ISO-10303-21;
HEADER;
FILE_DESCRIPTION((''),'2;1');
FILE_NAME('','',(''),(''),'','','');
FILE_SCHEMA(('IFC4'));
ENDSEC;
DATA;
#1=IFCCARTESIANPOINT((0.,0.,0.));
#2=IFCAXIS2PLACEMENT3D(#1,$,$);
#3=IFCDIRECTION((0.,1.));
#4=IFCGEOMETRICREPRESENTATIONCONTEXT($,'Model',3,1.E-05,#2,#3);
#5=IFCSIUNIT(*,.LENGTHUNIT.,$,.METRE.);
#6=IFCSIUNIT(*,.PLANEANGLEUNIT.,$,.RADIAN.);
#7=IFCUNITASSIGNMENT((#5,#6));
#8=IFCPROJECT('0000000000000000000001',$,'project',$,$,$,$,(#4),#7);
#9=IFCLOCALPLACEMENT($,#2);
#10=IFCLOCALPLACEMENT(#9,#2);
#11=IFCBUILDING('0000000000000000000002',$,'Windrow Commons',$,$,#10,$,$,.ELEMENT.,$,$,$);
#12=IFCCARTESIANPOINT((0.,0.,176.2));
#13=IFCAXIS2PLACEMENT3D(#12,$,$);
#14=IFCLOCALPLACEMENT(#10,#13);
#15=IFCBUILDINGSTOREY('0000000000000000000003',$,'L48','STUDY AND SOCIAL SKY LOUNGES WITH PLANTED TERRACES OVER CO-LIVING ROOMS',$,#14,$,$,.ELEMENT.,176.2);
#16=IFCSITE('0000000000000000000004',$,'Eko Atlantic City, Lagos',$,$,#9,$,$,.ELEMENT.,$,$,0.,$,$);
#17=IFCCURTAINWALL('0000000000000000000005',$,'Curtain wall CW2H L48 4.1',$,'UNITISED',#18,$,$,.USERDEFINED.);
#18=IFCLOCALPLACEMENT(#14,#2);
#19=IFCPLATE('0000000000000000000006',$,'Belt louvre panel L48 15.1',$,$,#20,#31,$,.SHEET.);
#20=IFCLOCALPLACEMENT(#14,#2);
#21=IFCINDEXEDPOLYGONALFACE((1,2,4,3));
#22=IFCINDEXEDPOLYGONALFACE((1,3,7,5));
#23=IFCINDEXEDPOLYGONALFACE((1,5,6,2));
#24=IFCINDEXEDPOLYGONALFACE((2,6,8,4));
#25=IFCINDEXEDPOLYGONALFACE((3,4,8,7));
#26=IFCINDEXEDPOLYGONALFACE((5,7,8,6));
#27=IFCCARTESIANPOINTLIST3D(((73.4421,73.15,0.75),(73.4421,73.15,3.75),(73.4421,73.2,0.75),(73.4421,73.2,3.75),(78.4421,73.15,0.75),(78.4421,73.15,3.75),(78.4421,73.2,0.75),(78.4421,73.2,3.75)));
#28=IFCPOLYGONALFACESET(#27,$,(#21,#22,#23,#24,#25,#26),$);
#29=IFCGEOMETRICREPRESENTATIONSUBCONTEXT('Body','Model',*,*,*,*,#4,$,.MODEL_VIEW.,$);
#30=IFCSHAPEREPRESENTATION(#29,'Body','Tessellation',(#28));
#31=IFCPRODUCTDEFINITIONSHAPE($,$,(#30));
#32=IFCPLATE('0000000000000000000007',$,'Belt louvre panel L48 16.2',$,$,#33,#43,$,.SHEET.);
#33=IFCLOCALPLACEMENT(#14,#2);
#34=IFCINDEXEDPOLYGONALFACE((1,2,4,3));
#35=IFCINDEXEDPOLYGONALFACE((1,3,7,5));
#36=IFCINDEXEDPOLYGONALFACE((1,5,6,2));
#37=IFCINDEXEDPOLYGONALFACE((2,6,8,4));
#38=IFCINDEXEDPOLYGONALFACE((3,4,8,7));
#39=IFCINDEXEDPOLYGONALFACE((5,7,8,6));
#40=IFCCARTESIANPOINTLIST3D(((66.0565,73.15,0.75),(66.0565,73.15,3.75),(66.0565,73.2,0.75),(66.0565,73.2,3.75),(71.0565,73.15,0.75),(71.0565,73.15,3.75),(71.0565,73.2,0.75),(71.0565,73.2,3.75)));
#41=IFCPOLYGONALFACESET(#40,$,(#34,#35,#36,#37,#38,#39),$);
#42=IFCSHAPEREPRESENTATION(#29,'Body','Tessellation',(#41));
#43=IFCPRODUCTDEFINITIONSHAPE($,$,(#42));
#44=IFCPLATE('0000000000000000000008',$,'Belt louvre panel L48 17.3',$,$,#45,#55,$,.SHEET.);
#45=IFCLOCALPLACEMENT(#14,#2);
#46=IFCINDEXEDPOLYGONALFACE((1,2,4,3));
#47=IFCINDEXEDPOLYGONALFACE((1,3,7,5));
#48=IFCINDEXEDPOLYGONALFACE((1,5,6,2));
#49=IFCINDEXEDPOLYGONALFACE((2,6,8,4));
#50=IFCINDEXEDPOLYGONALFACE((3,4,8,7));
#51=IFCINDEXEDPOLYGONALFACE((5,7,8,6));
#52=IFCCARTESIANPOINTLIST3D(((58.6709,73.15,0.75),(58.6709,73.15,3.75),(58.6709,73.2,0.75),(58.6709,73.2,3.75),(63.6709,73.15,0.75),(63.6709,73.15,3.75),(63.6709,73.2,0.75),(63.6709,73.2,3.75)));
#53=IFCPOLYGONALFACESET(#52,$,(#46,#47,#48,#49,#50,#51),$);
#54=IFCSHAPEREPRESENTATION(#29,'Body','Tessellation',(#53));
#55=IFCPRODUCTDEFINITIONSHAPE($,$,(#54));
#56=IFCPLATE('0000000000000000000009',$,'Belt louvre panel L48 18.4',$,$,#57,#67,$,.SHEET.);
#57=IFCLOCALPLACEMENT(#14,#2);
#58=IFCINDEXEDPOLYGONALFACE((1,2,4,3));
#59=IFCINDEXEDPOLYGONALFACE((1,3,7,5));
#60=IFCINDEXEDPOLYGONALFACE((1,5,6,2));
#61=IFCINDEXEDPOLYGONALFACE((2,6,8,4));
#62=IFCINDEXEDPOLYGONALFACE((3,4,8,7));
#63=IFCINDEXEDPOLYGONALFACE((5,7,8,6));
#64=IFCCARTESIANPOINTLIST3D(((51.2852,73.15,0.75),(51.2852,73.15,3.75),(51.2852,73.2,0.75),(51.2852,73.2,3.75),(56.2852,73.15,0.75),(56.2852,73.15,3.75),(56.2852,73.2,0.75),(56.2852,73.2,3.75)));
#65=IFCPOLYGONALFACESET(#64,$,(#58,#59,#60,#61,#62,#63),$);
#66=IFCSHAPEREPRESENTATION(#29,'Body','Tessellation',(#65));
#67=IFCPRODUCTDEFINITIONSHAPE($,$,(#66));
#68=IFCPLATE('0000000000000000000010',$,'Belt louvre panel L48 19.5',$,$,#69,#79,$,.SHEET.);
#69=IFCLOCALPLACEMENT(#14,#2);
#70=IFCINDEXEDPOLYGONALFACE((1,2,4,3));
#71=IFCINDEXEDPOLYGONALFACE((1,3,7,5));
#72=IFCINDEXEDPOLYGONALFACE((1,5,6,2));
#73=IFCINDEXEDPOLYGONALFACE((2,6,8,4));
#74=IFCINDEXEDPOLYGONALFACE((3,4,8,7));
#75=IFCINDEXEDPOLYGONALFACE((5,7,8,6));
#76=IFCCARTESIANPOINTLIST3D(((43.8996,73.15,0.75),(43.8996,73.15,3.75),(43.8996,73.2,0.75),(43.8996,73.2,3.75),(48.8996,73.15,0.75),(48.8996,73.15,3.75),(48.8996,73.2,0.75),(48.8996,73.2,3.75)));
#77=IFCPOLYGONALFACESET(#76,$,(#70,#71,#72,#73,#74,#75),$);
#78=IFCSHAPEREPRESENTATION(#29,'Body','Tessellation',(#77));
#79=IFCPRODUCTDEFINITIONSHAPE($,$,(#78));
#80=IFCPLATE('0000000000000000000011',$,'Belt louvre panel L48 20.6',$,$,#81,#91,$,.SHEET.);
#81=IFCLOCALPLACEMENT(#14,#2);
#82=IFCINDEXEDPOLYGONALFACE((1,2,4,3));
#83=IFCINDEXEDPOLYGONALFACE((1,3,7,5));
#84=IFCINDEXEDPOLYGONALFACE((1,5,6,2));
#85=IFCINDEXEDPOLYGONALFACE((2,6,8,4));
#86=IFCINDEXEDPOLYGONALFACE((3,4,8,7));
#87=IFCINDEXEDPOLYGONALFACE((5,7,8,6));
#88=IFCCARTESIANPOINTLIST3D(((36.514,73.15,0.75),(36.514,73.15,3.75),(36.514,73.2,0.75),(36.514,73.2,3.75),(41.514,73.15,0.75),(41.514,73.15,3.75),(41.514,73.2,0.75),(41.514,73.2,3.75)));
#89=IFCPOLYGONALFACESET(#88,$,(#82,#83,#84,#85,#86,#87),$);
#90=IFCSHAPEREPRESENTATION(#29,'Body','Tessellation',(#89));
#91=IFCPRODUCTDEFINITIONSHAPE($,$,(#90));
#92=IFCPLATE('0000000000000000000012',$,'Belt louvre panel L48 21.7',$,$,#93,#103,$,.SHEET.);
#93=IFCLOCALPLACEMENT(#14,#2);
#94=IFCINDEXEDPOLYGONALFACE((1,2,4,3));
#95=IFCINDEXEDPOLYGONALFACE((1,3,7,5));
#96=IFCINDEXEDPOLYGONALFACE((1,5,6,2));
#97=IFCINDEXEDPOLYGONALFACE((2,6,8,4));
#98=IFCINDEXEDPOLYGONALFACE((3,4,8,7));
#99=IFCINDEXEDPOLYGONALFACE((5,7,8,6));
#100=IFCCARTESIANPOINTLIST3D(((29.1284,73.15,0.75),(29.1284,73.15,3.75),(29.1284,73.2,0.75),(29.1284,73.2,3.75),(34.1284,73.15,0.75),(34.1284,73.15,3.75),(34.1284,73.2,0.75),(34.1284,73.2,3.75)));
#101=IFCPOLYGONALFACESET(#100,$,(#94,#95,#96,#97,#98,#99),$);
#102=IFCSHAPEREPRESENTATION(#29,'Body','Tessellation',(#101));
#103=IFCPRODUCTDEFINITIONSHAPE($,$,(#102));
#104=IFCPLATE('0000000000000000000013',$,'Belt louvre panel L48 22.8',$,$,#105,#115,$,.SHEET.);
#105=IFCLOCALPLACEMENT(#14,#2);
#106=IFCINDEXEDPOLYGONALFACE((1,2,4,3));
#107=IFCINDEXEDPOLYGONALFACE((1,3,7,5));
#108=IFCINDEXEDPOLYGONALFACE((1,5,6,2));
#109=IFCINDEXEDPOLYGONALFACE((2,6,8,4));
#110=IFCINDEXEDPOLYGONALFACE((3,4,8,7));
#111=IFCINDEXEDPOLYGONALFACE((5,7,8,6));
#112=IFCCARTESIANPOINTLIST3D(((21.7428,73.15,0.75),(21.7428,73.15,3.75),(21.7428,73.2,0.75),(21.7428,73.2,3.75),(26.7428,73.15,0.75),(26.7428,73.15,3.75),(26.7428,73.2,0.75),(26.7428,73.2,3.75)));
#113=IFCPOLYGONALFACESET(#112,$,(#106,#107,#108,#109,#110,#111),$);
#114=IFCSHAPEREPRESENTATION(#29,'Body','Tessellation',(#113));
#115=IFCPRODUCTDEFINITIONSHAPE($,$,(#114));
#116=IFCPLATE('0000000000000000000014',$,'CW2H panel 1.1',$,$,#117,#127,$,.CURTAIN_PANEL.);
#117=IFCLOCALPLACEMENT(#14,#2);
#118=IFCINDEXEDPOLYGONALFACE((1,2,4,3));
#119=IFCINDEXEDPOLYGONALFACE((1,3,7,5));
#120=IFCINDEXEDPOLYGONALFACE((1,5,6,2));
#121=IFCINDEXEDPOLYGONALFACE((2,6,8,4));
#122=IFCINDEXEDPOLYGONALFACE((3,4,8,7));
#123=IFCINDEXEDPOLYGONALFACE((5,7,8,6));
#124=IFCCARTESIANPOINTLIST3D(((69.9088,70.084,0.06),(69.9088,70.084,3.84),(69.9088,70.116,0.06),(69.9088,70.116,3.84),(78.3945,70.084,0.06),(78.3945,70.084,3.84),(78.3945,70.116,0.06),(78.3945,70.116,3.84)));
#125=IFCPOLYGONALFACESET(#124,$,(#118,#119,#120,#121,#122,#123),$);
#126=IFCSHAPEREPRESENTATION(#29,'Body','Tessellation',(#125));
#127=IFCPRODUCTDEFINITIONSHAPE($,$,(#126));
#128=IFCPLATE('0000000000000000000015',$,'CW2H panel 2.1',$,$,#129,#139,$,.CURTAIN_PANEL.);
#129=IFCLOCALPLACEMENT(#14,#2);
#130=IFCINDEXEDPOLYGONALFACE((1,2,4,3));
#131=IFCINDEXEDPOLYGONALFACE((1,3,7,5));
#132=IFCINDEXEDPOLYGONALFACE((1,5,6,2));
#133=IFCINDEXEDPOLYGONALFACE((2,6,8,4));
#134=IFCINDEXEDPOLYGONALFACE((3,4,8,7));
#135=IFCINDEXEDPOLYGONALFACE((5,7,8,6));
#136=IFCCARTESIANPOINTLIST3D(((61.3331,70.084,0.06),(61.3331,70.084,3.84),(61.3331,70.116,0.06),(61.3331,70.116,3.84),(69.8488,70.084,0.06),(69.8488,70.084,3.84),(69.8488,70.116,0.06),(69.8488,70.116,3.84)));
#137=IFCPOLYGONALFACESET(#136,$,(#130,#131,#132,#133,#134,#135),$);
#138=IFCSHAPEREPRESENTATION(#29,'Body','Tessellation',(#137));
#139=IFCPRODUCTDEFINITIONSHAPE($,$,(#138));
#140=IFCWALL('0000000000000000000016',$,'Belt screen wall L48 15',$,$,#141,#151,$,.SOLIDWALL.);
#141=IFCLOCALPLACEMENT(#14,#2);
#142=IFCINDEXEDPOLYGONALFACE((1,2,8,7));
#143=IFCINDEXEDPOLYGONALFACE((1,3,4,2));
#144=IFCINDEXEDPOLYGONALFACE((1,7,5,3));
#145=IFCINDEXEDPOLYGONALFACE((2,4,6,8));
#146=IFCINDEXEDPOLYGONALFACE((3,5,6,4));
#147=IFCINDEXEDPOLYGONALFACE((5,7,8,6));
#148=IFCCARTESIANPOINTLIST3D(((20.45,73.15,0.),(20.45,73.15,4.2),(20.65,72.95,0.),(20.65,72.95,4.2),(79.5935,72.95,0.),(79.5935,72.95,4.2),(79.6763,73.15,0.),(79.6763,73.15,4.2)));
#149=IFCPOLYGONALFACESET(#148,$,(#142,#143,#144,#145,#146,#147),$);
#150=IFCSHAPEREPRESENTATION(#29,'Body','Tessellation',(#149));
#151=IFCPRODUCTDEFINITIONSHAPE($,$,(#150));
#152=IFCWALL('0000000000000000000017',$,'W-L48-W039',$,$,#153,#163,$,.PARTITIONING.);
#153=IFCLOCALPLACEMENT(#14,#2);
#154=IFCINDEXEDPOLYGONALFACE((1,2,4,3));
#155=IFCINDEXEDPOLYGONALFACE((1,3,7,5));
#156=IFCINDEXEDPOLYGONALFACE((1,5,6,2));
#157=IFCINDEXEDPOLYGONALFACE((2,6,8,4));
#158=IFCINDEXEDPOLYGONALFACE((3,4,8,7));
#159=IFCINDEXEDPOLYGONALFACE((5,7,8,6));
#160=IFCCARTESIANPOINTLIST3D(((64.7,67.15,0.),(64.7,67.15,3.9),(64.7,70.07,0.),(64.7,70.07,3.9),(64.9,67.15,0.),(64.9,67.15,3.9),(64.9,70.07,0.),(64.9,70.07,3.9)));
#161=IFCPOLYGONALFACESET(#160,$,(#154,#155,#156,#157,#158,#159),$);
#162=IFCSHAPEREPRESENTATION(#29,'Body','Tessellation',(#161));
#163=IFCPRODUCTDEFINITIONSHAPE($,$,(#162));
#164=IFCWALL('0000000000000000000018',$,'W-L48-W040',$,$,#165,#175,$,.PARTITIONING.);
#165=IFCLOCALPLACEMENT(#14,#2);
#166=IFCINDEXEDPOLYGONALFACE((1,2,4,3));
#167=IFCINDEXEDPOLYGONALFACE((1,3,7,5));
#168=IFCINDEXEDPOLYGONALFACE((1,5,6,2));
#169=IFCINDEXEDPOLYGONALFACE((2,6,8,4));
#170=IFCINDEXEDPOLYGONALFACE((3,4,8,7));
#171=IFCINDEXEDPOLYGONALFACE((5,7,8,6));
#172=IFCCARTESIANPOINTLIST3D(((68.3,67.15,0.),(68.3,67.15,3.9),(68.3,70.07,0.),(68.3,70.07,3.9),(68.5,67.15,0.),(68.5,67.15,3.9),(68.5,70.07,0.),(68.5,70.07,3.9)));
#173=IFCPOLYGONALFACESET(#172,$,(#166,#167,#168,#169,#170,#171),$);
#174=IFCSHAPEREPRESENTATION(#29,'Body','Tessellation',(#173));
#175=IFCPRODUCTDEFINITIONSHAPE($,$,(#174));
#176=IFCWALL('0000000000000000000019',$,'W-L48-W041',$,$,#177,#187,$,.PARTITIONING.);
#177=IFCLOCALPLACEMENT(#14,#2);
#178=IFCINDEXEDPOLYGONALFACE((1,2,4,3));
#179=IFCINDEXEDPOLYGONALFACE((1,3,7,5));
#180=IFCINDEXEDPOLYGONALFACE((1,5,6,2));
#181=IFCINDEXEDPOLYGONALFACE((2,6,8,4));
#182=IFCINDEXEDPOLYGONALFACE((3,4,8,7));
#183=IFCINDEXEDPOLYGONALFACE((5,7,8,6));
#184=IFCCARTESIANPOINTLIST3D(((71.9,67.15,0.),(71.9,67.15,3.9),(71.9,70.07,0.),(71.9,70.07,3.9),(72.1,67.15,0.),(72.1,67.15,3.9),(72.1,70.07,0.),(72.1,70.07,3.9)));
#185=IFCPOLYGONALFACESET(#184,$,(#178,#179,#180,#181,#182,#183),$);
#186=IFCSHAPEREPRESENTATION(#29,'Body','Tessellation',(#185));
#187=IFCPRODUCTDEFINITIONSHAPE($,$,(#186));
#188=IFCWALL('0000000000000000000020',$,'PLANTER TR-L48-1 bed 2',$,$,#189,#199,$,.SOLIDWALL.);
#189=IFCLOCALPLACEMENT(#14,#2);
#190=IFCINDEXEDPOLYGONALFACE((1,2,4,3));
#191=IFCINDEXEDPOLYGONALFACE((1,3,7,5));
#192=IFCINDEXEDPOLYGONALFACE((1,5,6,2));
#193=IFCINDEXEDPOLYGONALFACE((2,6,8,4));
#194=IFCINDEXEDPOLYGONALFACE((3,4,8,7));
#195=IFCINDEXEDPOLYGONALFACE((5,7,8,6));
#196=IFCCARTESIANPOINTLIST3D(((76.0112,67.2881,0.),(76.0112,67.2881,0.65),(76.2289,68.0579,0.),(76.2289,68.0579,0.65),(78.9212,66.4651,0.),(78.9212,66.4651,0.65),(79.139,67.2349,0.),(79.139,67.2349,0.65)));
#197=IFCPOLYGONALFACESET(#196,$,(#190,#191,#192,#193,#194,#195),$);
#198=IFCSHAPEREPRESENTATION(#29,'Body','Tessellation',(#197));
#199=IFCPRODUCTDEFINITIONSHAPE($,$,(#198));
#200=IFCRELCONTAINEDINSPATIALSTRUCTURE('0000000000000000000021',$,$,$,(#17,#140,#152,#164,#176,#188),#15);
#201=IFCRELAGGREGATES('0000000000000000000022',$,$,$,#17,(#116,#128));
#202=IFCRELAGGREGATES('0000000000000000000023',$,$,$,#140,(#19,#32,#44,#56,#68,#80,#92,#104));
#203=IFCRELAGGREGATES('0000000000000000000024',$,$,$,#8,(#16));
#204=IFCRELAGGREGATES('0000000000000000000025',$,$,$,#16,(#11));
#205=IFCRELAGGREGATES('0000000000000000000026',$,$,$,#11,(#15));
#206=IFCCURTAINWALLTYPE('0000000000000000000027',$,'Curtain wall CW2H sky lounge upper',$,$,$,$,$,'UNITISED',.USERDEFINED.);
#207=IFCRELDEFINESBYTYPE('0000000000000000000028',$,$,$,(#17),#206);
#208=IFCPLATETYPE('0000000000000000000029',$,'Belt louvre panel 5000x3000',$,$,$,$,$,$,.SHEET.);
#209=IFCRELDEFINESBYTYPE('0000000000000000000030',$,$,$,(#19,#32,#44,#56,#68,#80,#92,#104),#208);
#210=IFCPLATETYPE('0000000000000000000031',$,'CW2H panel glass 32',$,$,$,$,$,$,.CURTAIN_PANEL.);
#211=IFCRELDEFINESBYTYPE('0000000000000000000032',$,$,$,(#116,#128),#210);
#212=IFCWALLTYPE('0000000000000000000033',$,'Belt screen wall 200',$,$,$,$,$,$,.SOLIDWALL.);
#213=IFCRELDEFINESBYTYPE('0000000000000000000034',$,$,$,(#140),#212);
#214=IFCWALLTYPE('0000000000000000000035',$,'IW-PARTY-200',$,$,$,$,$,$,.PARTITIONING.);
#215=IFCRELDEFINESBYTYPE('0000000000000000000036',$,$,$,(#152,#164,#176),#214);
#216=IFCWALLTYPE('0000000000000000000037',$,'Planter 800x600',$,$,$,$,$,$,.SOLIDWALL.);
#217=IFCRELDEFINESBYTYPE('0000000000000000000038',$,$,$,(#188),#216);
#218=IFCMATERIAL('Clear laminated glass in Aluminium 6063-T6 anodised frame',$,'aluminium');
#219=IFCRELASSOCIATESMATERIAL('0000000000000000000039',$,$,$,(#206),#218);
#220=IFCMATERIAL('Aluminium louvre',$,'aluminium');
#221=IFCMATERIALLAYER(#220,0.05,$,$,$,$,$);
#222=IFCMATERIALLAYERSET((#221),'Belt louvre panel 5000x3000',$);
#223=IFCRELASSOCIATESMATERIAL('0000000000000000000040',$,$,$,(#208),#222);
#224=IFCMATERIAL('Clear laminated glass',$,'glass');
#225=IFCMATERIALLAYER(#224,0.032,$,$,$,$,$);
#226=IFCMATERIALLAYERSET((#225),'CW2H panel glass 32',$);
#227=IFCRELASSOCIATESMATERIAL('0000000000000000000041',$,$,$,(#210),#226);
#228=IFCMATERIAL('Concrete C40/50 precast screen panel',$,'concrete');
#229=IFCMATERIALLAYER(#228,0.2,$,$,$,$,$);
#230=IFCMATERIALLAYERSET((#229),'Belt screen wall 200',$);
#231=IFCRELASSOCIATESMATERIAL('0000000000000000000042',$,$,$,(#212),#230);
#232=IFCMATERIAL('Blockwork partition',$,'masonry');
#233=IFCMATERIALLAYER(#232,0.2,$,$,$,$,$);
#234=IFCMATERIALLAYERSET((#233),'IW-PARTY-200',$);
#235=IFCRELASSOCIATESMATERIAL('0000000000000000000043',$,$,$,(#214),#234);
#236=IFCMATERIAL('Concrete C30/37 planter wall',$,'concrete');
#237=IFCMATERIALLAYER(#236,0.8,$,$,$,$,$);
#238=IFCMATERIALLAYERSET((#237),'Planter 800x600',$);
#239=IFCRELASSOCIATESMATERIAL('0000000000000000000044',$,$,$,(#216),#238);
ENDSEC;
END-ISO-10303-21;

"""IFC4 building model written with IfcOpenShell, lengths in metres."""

from ifc_helpers import new_model, si_unit, direction, frame, frame_2d, origin, origin_2d, place, context, subcontext, project, spatial, polyline, rectangle, outline, extrude, material, layer, layer_set, type_object, element, aggregate, save


model = new_model("IFC4")

# Units and contexts
model_context = context("Model", 3, precision=1e-05, world=origin(), true_north=direction((0.0, 1.0)))
body_context = subcontext(model_context, "Body", "Model", "MODEL_VIEW")
ifc_project = project(units=[si_unit("LENGTHUNIT", "METRE"), si_unit("PLANEANGLEUNIT", "RADIAN")], contexts=[model_context])

# Site, building, storey
site_placement = place(None, origin())
site = spatial("IfcSite", under=ifc_project, at=site_placement, Name="Eko Atlantic City, Lagos", CompositionType="ELEMENT", RefElevation=0.0)
building_placement = place(site_placement, origin())
building = spatial("IfcBuilding", under=site, at=building_placement, Name="Windrow Commons", CompositionType="ELEMENT")
storey_placement = place(building_placement, frame((0.0, 0.0, 176.2)))
storey = spatial("IfcBuildingStorey", under=building, at=storey_placement, Name="L48", Description="STUDY AND SOCIAL SKY LOUNGES WITH PLANTED TERRACES OVER CO-LIVING ROOMS", CompositionType="ELEMENT", Elevation=176.2)

# Shared definitions
ifc_material_1 = material(Name="Clear laminated glass in Aluminium 6063-T6 anodised frame", Category="aluminium")
curtain_wall_type = type_object("IfcCurtainWallType", Name="Curtain wall CW2H sky lounge upper", ElementType="UNITISED", PredefinedType="USERDEFINED", material=ifc_material_1)
placement = place(storey_placement, origin())

# Curtain wall
curtain_wall_1 = element("IfcCurtainWall", 1, at=placement, inside=storey, type_object=curtain_wall_type, Name="Curtain wall CW2H L48 4.1", ObjectType="UNITISED", PredefinedType="USERDEFINED")

# Plates
ifc_material_2 = material(Name="Aluminium louvre", Category="aluminium")
ifc_layer_1 = layer(ifc_material_2, 0.05)
ifc_layer_set_1 = layer_set([ifc_layer_1], Name="Belt louvre panel 5000x3000")
plate_type_1 = type_object("IfcPlateType", Name="Belt louvre panel 5000x3000", PredefinedType="SHEET", material=ifc_layer_set_1)
plate_1_placement = place(storey_placement, frame((78.4421, 73.2, 0.75), z_axis=(0.0, 1.0, 0.0), x_axis=(-1.0, 0.0, 0.0)))
plate_1 = element("IfcPlate", 2, at=plate_1_placement, type_object=plate_type_1, Name="Belt louvre panel L48 15.1", PredefinedType="SHEET", context=body_context, shape_type="SweptSolid", body=[
    extrude(outline(polyline([(0.0, 0.0), (5.0, 0.0), (5.0, 3.0), (0.0, 3.0), (0.0, 0.0)])), origin(), (0.0, 0.0, -1.0), 0.05),
])
plate_2_placement = place(storey_placement, frame((71.0565, 73.2, 0.75), z_axis=(0.0, 1.0, 0.0), x_axis=(-1.0, 0.0, 0.0)))
plate_2 = element("IfcPlate", 3, at=plate_2_placement, type_object=plate_type_1, Name="Belt louvre panel L48 16.2", PredefinedType="SHEET", context=body_context, shape_type="SweptSolid", body=[
    extrude(outline(polyline([(0.0, 0.0), (5.0, 0.0), (5.0, 3.0), (0.0, 3.0), (0.0, 0.0)])), origin(), (0.0, 0.0, -1.0), 0.05),
])
plate_3_placement = place(storey_placement, frame((63.6709, 73.2, 0.75), z_axis=(0.0, 1.0, 0.0), x_axis=(-1.0, 0.0, 0.0)))
plate_3 = element("IfcPlate", 4, at=plate_3_placement, type_object=plate_type_1, Name="Belt louvre panel L48 17.3", PredefinedType="SHEET", context=body_context, shape_type="SweptSolid", body=[
    extrude(outline(polyline([(0.0, 0.0), (5.0, 0.0), (5.0, 3.0), (0.0, 3.0), (0.0, 0.0)])), origin(), (0.0, 0.0, -1.0), 0.05),
])
plate_4_placement = place(storey_placement, frame((56.2852, 73.2, 0.75), z_axis=(0.0, 1.0, 0.0), x_axis=(-1.0, 0.0, 0.0)))
plate_4 = element("IfcPlate", 5, at=plate_4_placement, type_object=plate_type_1, Name="Belt louvre panel L48 18.4", PredefinedType="SHEET", context=body_context, shape_type="SweptSolid", body=[
    extrude(outline(polyline([(0.0, 0.0), (5.0, 0.0), (5.0, 3.0), (0.0, 3.0), (0.0, 0.0)])), origin(), (0.0, 0.0, -1.0), 0.05),
])
plate_5_placement = place(storey_placement, frame((48.8996, 73.2, 0.75), z_axis=(0.0, 1.0, 0.0), x_axis=(-1.0, 0.0, 0.0)))
plate_5 = element("IfcPlate", 6, at=plate_5_placement, type_object=plate_type_1, Name="Belt louvre panel L48 19.5", PredefinedType="SHEET", context=body_context, shape_type="SweptSolid", body=[
    extrude(outline(polyline([(0.0, 0.0), (5.0, 0.0), (5.0, 3.0), (0.0, 3.0), (0.0, 0.0)])), origin(), (0.0, 0.0, -1.0), 0.05),
])
plate_6_placement = place(storey_placement, frame((41.514, 73.2, 0.75), z_axis=(0.0, 1.0, 0.0), x_axis=(-1.0, 0.0, 0.0)))
plate_6 = element("IfcPlate", 7, at=plate_6_placement, type_object=plate_type_1, Name="Belt louvre panel L48 20.6", PredefinedType="SHEET", context=body_context, shape_type="SweptSolid", body=[
    extrude(outline(polyline([(0.0, 0.0), (5.0, 0.0), (5.0, 3.0), (0.0, 3.0), (0.0, 0.0)])), origin(), (0.0, 0.0, -1.0), 0.05),
])
plate_7_placement = place(storey_placement, frame((34.1284, 73.2, 0.75), z_axis=(0.0, 1.0, 0.0), x_axis=(-1.0, 0.0, 0.0)))
plate_7 = element("IfcPlate", 8, at=plate_7_placement, type_object=plate_type_1, Name="Belt louvre panel L48 21.7", PredefinedType="SHEET", context=body_context, shape_type="SweptSolid", body=[
    extrude(outline(polyline([(0.0, 0.0), (5.0, 0.0), (5.0, 3.0), (0.0, 3.0), (0.0, 0.0)])), origin(), (0.0, 0.0, -1.0), 0.05),
])
plate_8_placement = place(storey_placement, frame((26.7428, 73.2, 0.75), z_axis=(0.0, 1.0, 0.0), x_axis=(-1.0, 0.0, 0.0)))
plate_8 = element("IfcPlate", 9, at=plate_8_placement, type_object=plate_type_1, Name="Belt louvre panel L48 22.8", PredefinedType="SHEET", context=body_context, shape_type="SweptSolid", body=[
    extrude(outline(polyline([(0.0, 0.0), (5.0, 0.0), (5.0, 3.0), (0.0, 3.0), (0.0, 0.0)])), origin(), (0.0, 0.0, -1.0), 0.05),
])
ifc_material_3 = material(Name="Clear laminated glass", Category="glass")
ifc_layer_2 = layer(ifc_material_3, 0.032)
ifc_layer_set_2 = layer_set([ifc_layer_2], Name="CW2H panel glass 32")
plate_type_2 = type_object("IfcPlateType", Name="CW2H panel glass 32", PredefinedType="CURTAIN_PANEL", material=ifc_layer_set_2)
plate_9_placement = place(storey_placement, frame((74.1516, 70.1, 0.06), z_axis=(0.0, 0.0, 1.0), x_axis=(-1.0, 0.0, 0.0)))
plate_9 = element("IfcPlate", 10, at=plate_9_placement, type_object=plate_type_2, Name="CW2H panel 1.1", PredefinedType="CURTAIN_PANEL", context=body_context, shape_type="SweptSolid", body=[
    extrude(rectangle(XDim=8.4857, YDim=0.032, at=origin_2d()), origin(), (0.0, 0.0, 1.0), 3.78),
])
plate_10_placement = place(storey_placement, frame((65.5909, 70.1, 0.06), z_axis=(0.0, 0.0, 1.0), x_axis=(-1.0, 0.0, 0.0)))
plate_10 = element("IfcPlate", 11, at=plate_10_placement, type_object=plate_type_2, Name="CW2H panel 2.1", PredefinedType="CURTAIN_PANEL", context=body_context, shape_type="SweptSolid", body=[
    extrude(rectangle(XDim=8.5157, YDim=0.032, at=origin_2d()), origin(), (0.0, 0.0, 1.0), 3.78),
])
aggregate(curtain_wall_1, [plate_9, plate_10])

# Wall
ifc_material_4 = material(Name="Concrete C40/50 precast screen panel", Category="concrete")
ifc_layer_3 = layer(ifc_material_4, 0.2)
ifc_layer_set_3 = layer_set([ifc_layer_3], Name="Belt screen wall 200")
wall_type_1 = type_object("IfcWallType", Name="Belt screen wall 200", PredefinedType="SOLIDWALL", material=ifc_layer_set_3)
wall_1_placement = place(storey_placement, frame((79.6349, 73.05, 0.0), z_axis=(0.0, 0.0, 1.0), x_axis=(-1.0, 0.0, 0.0)))
wall_1 = element("IfcWall", 12, at=wall_1_placement, inside=storey, type_object=wall_type_1, Name="Belt screen wall L48 15", PredefinedType="SOLIDWALL", context=body_context, shape_type="SweptSolid", body=[
    extrude(outline(polyline([(-0.0414, -0.1), (59.1849, -0.1), (58.9849, 0.1), (0.0414, 0.1), (-0.0414, -0.1)])), origin(), (0.0, 0.0, 1.0), 4.2),
])
aggregate(wall_1, [plate_1, plate_2, plate_3, plate_4, plate_5, plate_6, plate_7, plate_8])

# Walls
ifc_material_5 = material(Name="Blockwork partition", Category="masonry")
ifc_layer_4 = layer(ifc_material_5, 0.2)
ifc_layer_set_4 = layer_set([ifc_layer_4], Name="IW-PARTY-200")
wall_type_2 = type_object("IfcWallType", Name="IW-PARTY-200", PredefinedType="PARTITIONING", material=ifc_layer_set_4)
for number, where, z_axis, x_axis, name in (
    (13, (64.8, 67.15, 0.0), (0.0, 0.0, 1.0), (0.0, 1.0, 0.0), "W-L48-W039"),
    (14, (68.4, 67.15, 0.0), (0.0, 0.0, 1.0), (0.0, 1.0, 0.0), "W-L48-W040"),
    (15, (72.0, 67.15, 0.0), (0.0, 0.0, 1.0), (0.0, 1.0, 0.0), "W-L48-W041"),
):
    element("IfcWall", number, at=place(storey_placement, frame(where, z_axis=z_axis, x_axis=x_axis)), inside=storey, type_object=wall_type_2, Name=name, PredefinedType="PARTITIONING", context=body_context, shape_type="SweptSolid", body=[
        extrude(rectangle(XDim=2.92, YDim=0.2, at=frame_2d((1.46, 0.0))), origin(), (0.0, 0.0, 1.0), 3.9),
    ])
ifc_material_6 = material(Name="Concrete C30/37 planter wall", Category="concrete")
ifc_layer_5 = layer(ifc_material_6, 0.8)
ifc_layer_set_5 = layer_set([ifc_layer_5], Name="Planter 800x600")
wall_type_3 = type_object("IfcWallType", Name="Planter 800x600", PredefinedType="SOLIDWALL", material=ifc_layer_set_5)
wall_2_placement = place(storey_placement, frame((79.0301, 66.85, 0.0), z_axis=(0.0, 0.0, 1.0), x_axis=(-0.962259, 0.272135, 0.0)))
element("IfcWall", 16, at=wall_2_placement, inside=storey, type_object=wall_type_3, Name="PLANTER TR-L48-1 bed 2", PredefinedType="SOLIDWALL", context=body_context, shape_type="SweptSolid", body=[
    extrude(rectangle(XDim=3.0242, YDim=0.8, at=frame_2d((1.5121, 0.0))), origin(), (0.0, 0.0, 1.0), 0.65),
])

save(model, "model.ifc")
